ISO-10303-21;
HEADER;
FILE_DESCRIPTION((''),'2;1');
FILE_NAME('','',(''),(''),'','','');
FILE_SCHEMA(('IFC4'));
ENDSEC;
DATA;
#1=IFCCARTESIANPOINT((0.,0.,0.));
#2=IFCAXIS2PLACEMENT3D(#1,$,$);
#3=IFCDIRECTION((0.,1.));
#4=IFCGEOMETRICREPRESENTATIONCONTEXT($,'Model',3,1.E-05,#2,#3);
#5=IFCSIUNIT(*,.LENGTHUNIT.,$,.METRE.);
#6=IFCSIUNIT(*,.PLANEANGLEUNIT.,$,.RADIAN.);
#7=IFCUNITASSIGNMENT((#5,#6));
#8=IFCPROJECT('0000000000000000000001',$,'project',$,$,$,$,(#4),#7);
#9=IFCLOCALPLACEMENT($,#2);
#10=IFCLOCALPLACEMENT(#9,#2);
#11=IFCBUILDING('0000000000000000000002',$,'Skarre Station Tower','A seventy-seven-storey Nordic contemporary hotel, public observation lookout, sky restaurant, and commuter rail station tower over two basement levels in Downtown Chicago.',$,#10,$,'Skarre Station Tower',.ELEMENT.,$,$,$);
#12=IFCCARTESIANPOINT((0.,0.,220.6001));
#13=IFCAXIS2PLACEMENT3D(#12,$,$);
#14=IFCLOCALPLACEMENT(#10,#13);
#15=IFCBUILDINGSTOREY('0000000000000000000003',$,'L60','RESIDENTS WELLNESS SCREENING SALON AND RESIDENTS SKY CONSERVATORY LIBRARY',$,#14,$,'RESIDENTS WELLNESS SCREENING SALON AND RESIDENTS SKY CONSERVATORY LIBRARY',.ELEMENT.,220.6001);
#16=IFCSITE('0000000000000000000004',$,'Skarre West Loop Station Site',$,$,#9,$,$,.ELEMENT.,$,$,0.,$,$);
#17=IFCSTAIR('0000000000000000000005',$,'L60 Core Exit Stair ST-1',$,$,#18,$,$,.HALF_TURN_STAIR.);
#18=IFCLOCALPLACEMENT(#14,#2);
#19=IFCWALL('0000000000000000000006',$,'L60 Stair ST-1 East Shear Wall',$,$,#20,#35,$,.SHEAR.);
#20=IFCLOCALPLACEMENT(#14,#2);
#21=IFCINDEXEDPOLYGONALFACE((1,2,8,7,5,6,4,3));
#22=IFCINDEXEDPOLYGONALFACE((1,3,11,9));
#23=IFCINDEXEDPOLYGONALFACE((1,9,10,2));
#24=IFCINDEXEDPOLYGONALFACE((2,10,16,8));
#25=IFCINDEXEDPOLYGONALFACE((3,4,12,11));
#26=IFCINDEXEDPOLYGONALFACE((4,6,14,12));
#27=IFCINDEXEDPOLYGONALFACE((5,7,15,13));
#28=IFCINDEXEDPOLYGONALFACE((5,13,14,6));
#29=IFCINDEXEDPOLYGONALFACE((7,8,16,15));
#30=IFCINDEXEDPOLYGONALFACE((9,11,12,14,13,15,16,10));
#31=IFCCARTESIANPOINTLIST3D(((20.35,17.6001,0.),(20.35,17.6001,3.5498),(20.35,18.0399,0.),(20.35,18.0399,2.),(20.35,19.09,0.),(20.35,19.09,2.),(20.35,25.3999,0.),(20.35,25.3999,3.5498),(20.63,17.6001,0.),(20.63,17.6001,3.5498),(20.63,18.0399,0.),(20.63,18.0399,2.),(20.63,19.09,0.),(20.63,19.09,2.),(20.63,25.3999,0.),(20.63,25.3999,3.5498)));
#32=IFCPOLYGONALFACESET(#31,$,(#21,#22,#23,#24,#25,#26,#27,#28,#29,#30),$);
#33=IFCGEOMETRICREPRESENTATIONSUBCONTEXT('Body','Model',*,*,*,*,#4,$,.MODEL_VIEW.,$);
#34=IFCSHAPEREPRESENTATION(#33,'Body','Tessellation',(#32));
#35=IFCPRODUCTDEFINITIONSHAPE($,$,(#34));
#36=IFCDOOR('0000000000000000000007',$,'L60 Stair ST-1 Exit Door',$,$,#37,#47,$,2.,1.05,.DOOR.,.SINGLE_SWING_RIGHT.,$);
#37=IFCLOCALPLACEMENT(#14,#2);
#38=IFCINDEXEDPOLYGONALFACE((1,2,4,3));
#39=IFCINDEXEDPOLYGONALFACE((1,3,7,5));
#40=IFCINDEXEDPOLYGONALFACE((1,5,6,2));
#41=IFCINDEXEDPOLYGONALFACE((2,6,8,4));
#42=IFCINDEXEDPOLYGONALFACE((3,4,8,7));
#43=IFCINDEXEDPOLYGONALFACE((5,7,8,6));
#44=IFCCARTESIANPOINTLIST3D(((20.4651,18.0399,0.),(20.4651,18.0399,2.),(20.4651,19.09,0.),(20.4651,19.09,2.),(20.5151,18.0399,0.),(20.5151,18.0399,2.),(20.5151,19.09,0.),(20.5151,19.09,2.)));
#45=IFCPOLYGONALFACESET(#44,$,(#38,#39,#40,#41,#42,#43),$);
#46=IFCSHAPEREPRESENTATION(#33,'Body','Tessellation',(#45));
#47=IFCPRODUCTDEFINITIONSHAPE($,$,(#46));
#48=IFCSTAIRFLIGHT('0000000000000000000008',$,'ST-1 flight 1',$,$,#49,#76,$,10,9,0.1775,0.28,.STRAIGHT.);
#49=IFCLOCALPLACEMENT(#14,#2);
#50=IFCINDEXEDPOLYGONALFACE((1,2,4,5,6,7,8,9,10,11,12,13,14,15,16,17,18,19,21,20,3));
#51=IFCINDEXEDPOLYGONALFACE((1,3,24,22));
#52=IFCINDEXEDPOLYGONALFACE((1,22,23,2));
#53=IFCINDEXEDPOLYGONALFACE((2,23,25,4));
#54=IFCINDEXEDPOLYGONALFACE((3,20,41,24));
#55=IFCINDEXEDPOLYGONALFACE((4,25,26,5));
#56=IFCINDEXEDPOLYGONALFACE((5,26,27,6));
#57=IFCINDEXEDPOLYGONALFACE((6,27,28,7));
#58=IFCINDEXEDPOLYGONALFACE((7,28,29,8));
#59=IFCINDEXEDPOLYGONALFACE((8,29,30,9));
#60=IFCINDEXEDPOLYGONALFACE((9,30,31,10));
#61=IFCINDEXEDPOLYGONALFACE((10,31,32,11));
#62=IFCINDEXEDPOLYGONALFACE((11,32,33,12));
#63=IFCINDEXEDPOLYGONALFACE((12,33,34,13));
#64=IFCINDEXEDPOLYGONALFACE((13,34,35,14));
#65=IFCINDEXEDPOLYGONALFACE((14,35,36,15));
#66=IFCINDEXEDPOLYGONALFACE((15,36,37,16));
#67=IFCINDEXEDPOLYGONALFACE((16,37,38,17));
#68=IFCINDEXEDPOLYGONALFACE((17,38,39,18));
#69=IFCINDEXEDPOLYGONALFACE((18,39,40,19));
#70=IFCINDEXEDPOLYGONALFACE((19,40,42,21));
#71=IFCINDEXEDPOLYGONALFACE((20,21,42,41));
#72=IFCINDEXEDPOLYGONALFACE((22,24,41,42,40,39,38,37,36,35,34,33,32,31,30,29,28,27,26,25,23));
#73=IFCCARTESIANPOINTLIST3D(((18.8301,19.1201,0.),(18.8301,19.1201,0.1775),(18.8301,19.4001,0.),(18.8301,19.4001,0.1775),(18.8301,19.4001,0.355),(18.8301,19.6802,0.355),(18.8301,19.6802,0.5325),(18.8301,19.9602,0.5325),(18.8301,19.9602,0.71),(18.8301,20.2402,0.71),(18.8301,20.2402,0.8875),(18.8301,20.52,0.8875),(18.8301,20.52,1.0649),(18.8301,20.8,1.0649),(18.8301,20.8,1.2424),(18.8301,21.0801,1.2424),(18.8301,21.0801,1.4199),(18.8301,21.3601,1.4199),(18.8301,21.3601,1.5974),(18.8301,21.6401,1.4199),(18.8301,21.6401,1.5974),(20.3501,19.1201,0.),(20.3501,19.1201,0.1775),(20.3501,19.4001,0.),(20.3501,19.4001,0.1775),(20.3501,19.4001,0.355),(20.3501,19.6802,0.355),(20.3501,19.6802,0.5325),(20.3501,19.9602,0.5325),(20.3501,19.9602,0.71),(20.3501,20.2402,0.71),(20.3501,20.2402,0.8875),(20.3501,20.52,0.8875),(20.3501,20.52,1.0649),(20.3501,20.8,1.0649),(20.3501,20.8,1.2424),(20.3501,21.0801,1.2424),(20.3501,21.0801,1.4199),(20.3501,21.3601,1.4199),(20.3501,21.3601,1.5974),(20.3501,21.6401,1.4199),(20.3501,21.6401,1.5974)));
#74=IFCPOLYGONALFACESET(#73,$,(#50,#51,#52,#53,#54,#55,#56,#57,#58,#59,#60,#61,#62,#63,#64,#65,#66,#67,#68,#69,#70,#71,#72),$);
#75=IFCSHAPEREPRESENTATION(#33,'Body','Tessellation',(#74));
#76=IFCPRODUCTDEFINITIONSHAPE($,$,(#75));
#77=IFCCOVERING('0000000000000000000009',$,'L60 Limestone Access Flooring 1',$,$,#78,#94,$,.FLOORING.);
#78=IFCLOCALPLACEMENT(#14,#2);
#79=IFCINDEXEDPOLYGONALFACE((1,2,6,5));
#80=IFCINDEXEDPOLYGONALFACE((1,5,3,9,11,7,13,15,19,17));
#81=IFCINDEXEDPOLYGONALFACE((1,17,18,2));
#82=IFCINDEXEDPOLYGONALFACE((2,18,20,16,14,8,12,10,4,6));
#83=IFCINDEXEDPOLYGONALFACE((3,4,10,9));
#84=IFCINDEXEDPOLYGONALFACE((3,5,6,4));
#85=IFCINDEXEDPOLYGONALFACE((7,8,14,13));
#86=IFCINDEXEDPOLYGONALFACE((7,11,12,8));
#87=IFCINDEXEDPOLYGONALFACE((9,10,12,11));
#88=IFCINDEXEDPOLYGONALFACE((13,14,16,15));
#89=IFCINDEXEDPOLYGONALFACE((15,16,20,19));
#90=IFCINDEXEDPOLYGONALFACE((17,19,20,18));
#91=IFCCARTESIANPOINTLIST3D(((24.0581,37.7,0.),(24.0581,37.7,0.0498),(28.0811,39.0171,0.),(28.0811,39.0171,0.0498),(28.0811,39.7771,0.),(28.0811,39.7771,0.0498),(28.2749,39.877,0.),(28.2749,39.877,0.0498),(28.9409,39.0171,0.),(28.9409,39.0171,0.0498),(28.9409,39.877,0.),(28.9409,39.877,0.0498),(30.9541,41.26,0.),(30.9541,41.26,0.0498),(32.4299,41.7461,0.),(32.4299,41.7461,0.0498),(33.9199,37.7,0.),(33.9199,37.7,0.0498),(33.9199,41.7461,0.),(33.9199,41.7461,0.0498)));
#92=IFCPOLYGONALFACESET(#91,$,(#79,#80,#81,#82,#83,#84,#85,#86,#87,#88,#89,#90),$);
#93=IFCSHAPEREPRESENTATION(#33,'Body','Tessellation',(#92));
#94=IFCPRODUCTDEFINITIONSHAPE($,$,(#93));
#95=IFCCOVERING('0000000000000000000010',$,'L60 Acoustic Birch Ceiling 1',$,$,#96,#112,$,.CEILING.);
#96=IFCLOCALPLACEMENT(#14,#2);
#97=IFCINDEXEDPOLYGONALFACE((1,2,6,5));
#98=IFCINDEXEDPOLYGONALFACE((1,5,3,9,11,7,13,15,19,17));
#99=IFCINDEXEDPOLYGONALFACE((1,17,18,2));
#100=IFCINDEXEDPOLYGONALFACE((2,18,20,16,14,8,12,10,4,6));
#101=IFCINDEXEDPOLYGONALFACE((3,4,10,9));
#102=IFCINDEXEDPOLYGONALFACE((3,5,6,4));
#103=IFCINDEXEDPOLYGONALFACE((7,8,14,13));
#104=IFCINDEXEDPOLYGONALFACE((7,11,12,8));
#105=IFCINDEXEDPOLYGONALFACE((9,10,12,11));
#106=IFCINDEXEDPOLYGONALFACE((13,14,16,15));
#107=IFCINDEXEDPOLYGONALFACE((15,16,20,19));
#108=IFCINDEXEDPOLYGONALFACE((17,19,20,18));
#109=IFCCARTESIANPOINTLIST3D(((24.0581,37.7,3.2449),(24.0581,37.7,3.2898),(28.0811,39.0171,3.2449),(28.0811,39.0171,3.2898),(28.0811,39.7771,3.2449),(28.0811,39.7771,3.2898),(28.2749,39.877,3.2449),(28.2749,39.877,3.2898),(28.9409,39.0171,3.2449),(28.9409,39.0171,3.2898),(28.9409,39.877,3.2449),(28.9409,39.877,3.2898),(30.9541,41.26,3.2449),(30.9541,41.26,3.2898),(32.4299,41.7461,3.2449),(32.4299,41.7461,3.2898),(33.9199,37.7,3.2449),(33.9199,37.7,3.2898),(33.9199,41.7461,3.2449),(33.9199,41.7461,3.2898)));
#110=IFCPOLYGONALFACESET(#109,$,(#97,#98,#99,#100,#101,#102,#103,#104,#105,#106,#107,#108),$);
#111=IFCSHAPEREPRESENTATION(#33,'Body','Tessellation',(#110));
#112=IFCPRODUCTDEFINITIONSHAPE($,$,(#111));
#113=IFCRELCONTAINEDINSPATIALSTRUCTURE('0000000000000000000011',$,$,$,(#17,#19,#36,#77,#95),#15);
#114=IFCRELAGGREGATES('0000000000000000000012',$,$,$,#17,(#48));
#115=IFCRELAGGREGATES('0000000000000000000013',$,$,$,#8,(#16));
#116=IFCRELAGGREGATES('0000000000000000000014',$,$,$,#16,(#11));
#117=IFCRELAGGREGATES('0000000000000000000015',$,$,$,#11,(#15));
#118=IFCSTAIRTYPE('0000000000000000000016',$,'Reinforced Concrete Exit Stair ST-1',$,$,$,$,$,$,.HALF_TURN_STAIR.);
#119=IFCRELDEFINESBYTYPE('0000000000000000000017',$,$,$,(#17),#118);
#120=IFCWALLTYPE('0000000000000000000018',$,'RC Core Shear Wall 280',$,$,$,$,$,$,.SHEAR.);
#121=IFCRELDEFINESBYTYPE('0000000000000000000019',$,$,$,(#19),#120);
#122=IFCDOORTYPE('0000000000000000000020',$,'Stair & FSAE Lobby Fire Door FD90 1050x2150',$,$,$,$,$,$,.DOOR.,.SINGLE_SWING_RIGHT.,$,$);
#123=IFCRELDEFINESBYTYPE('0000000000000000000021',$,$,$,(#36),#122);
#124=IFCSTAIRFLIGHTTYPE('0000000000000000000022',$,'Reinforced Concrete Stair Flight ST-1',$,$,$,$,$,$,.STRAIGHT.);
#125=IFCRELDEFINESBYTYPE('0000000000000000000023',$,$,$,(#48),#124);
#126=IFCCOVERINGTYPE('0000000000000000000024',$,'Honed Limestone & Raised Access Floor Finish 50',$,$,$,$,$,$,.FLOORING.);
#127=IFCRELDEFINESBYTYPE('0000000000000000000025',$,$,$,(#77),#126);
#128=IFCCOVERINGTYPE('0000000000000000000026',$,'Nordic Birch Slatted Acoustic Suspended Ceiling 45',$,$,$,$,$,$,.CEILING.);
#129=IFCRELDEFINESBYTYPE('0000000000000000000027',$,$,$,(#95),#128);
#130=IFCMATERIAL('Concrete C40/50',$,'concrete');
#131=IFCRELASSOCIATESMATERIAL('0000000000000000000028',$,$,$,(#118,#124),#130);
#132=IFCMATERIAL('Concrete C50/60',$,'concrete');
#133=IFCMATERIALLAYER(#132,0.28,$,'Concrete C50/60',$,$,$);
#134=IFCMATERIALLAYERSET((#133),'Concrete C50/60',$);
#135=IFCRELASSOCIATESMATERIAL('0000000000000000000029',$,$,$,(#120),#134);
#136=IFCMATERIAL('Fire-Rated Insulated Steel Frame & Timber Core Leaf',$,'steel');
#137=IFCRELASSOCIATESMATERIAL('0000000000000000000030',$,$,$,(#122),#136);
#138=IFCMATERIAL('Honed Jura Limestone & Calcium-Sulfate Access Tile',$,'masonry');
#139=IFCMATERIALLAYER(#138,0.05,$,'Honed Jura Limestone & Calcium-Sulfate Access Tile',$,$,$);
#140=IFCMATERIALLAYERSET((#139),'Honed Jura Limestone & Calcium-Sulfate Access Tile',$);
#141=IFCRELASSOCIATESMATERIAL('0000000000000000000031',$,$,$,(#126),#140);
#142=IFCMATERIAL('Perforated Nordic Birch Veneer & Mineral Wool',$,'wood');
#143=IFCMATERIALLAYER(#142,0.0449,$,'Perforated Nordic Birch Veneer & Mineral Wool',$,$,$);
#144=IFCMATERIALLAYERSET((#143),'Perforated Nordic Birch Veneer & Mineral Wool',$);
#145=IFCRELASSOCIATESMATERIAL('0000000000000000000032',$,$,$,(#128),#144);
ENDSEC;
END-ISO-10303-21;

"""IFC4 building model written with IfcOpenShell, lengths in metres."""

from ifc_helpers import new_model, si_unit, direction, frame, frame_2d, origin, place, context, subcontext, project, spatial, polyline, rectangle, outline, extrude, material, layer, layer_set, type_object, element, fill, aggregate, save


model = new_model("IFC4")

# Units and contexts
model_context = context("Model", 3, precision=1e-05, world=origin(), true_north=direction((0.0, 1.0)))
body_context = subcontext(model_context, "Body", "Model", "MODEL_VIEW")
ifc_project = project(units=[si_unit("LENGTHUNIT", "METRE"), si_unit("PLANEANGLEUNIT", "RADIAN")], contexts=[model_context])

# Site, building, storey
site_placement = place(None, origin())
site = spatial("IfcSite", under=ifc_project, at=site_placement, Name="Skarre West Loop Station Site", CompositionType="ELEMENT", RefElevation=0.0)
building_placement = place(site_placement, origin())
building = spatial("IfcBuilding", under=site, at=building_placement, Name="Skarre Station Tower", Description="A seventy-seven-storey Nordic contemporary hotel, public observation lookout, sky restaurant, and commuter rail station tower over two basement levels in Downtown Chicago.", LongName="Skarre Station Tower", CompositionType="ELEMENT")
storey_placement = place(building_placement, frame((0.0, 0.0, 220.6001)))
storey = spatial("IfcBuildingStorey", under=building, at=storey_placement, Name="L60", Description="RESIDENTS WELLNESS SCREENING SALON AND RESIDENTS SKY CONSERVATORY LIBRARY", LongName="RESIDENTS WELLNESS SCREENING SALON AND RESIDENTS SKY CONSERVATORY LIBRARY", CompositionType="ELEMENT", Elevation=220.6001)

# Shared definitions
ifc_material_1 = material(Name="Concrete C50/60", Category="concrete")

# Stair
ifc_material_2 = material(Name="Concrete C40/50", Category="concrete")
stair_type_1 = type_object("IfcStairType", Name="Reinforced Concrete Exit Stair ST-1", PredefinedType="HALF_TURN_STAIR", material=ifc_material_2)
stair_1_placement = place(storey_placement, origin())
stair_1 = element("IfcStair", 1, at=stair_1_placement, inside=storey, type_object=stair_type_1, Name="L60 Core Exit Stair ST-1", PredefinedType="HALF_TURN_STAIR")

# Shared definitions
ifc_layer_1 = layer(ifc_material_1, 0.28, Name="Concrete C50/60")
ifc_layer_set_1 = layer_set([ifc_layer_1], Name="Concrete C50/60")
wall_type_1 = type_object("IfcWallType", Name="RC Core Shear Wall 280", PredefinedType="SHEAR", material=ifc_layer_set_1)

# Wall, opening, door
wall_1_placement = place(storey_placement, frame((20.49, 17.6001, 0.0), z_axis=(0.0, 0.0, 1.0), x_axis=(0.0, 1.0, 0.0)))
wall_1 = element("IfcWall", 2, at=wall_1_placement, inside=storey, type_object=wall_type_1, Name="L60 Stair ST-1 East Shear Wall", PredefinedType="SHEAR", context=body_context, shape_type="SweptSolid", body=[
    extrude(rectangle(XDim=7.7998, YDim=0.28, at=frame_2d((3.8999, 0.0))), origin(), (0.0, 0.0, 1.0), 3.5498),
])
opening_1_placement = place(wall_1_placement, frame((0.4399, 0.0, 0.0)))
opening_1 = element("IfcOpeningElement", 3, at=opening_1_placement, cuts=wall_1, PredefinedType="OPENING", context=body_context, shape_type="SweptSolid", body=[
    extrude(rectangle(XDim=1.05, YDim=2.0, at=frame_2d((0.5249, 1.0))), frame((0.0, 0.1499, 0.0), z_axis=(0.0, -1.0, 0.0), x_axis=(1.0, 0.0, 0.0)), (0.0, 0.0, 1.0), 0.3),
])
ifc_material_3 = material(Name="Fire-Rated Insulated Steel Frame & Timber Core Leaf", Category="steel")
door_type_1 = type_object("IfcDoorType", Name="Stair & FSAE Lobby Fire Door FD90 1050x2150", OperationType="SINGLE_SWING_RIGHT", PredefinedType="DOOR", material=ifc_material_3)
door_1_placement = place(opening_1_placement, origin())
door_1 = element("IfcDoor", 4, at=door_1_placement, inside=storey, type_object=door_type_1, Name="L60 Stair ST-1 Exit Door", OperationType="SINGLE_SWING_RIGHT", OverallHeight=2.0, OverallWidth=1.05, PredefinedType="DOOR", context=body_context, shape_type="SweptSolid", body=[
    extrude(rectangle(XDim=1.05, YDim=2.0, at=frame_2d((0.5249, 1.0))), frame((0.0, 0.0249, 0.0), z_axis=(0.0, -1.0, 0.0), x_axis=(1.0, 0.0, 0.0)), (0.0, 0.0, 1.0), 0.05),
])
fill(opening_1, door_1)

# Stair flight
stair_flight_type = type_object("IfcStairFlightType", Name="Reinforced Concrete Stair Flight ST-1", PredefinedType="STRAIGHT", material=ifc_material_2)
stair_flight_placement = place(storey_placement, frame((19.5901, 19.1201, 0.0), z_axis=(0.0, 0.0, 1.0), x_axis=(0.0, 1.0, 0.0)))
stair_flight = element("IfcStairFlight", 5, at=stair_flight_placement, type_object=stair_flight_type, Name="ST-1 flight 1", NumberOfRisers=10, NumberOfTreads=9, PredefinedType="STRAIGHT", RiserHeight=0.1775, TreadLength=0.28, context=body_context, shape_type="SweptSolid", body=[
    extrude(outline(polyline([(0.0, 0.0), (0.0, 0.1775), (0.28, 0.1775), (0.28, 0.355), (0.5601, 0.355), (0.5601, 0.5325), (0.8401, 0.5325), (0.8401, 0.71), (1.1201, 0.71), (1.1201, 0.8875), (1.3999, 0.8875), (1.3999, 1.0649), (1.6799, 1.0649), (1.6799, 1.2424), (1.96, 1.2424), (1.96, 1.4199), (2.24, 1.4199), (2.24, 1.5974), (2.52, 1.5974), (2.52, 1.7749), (2.52, 1.4199), (0.28, 0.0), (0.0, 0.0)])), frame((0.0, 0.76, 0.0), z_axis=(0.0, -1.0, 0.0), x_axis=(1.0, 0.0, 0.0)), (0.0, 0.0, 1.0), 1.52),
])
aggregate(stair_1, [stair_flight])

# Coverings
ifc_material_4 = material(Name="Honed Jura Limestone & Calcium-Sulfate Access Tile", Category="masonry")
ifc_layer_2 = layer(ifc_material_4, 0.05, Name="Honed Jura Limestone & Calcium-Sulfate Access Tile")
ifc_layer_set_2 = layer_set([ifc_layer_2], Name="Honed Jura Limestone & Calcium-Sulfate Access Tile")
covering_type_1 = type_object("IfcCoveringType", Name="Honed Limestone & Raised Access Floor Finish 50", PredefinedType="FLOORING", material=ifc_layer_set_2)
covering_1_placement = place(storey_placement, origin())
element("IfcCovering", 6, at=covering_1_placement, inside=storey, type_object=covering_type_1, Name="L60 Limestone Access Flooring 1", PredefinedType="FLOORING", context=body_context, shape_type="SweptSolid", body=[
    extrude(outline(polyline([(33.9199, 41.7461), (32.4299, 41.7461), (30.9541, 41.26), (28.2749, 39.877), (28.9409, 39.877), (28.9409, 39.0171), (28.0811, 39.0171), (28.0811, 39.7771), (24.0581, 37.7), (33.9199, 37.7), (33.9199, 41.7461)])), origin(), (0.0, 0.0, 1.0), 0.0498),
])
ifc_material_5 = material(Name="Perforated Nordic Birch Veneer & Mineral Wool", Category="wood")
ifc_layer_3 = layer(ifc_material_5, 0.0449, Name="Perforated Nordic Birch Veneer & Mineral Wool")
ifc_layer_set_3 = layer_set([ifc_layer_3], Name="Perforated Nordic Birch Veneer & Mineral Wool")
covering_type_2 = type_object("IfcCoveringType", Name="Nordic Birch Slatted Acoustic Suspended Ceiling 45", PredefinedType="CEILING", material=ifc_layer_set_3)
covering_2_placement = place(storey_placement, frame((0.0, 0.0, 3.2449)))
element("IfcCovering", 7, at=covering_2_placement, inside=storey, type_object=covering_type_2, Name="L60 Acoustic Birch Ceiling 1", PredefinedType="CEILING", context=body_context, shape_type="SweptSolid", body=[
    extrude(outline(polyline([(33.9199, 41.7461), (32.4299, 41.7461), (30.9541, 41.26), (28.2749, 39.877), (28.9409, 39.877), (28.9409, 39.0171), (28.0811, 39.0171), (28.0811, 39.7771), (24.0581, 37.7), (33.9199, 37.7), (33.9199, 41.7461)])), origin(), (0.0, 0.0, 1.0), 0.0449),
])

save(model, "model.ifc")
